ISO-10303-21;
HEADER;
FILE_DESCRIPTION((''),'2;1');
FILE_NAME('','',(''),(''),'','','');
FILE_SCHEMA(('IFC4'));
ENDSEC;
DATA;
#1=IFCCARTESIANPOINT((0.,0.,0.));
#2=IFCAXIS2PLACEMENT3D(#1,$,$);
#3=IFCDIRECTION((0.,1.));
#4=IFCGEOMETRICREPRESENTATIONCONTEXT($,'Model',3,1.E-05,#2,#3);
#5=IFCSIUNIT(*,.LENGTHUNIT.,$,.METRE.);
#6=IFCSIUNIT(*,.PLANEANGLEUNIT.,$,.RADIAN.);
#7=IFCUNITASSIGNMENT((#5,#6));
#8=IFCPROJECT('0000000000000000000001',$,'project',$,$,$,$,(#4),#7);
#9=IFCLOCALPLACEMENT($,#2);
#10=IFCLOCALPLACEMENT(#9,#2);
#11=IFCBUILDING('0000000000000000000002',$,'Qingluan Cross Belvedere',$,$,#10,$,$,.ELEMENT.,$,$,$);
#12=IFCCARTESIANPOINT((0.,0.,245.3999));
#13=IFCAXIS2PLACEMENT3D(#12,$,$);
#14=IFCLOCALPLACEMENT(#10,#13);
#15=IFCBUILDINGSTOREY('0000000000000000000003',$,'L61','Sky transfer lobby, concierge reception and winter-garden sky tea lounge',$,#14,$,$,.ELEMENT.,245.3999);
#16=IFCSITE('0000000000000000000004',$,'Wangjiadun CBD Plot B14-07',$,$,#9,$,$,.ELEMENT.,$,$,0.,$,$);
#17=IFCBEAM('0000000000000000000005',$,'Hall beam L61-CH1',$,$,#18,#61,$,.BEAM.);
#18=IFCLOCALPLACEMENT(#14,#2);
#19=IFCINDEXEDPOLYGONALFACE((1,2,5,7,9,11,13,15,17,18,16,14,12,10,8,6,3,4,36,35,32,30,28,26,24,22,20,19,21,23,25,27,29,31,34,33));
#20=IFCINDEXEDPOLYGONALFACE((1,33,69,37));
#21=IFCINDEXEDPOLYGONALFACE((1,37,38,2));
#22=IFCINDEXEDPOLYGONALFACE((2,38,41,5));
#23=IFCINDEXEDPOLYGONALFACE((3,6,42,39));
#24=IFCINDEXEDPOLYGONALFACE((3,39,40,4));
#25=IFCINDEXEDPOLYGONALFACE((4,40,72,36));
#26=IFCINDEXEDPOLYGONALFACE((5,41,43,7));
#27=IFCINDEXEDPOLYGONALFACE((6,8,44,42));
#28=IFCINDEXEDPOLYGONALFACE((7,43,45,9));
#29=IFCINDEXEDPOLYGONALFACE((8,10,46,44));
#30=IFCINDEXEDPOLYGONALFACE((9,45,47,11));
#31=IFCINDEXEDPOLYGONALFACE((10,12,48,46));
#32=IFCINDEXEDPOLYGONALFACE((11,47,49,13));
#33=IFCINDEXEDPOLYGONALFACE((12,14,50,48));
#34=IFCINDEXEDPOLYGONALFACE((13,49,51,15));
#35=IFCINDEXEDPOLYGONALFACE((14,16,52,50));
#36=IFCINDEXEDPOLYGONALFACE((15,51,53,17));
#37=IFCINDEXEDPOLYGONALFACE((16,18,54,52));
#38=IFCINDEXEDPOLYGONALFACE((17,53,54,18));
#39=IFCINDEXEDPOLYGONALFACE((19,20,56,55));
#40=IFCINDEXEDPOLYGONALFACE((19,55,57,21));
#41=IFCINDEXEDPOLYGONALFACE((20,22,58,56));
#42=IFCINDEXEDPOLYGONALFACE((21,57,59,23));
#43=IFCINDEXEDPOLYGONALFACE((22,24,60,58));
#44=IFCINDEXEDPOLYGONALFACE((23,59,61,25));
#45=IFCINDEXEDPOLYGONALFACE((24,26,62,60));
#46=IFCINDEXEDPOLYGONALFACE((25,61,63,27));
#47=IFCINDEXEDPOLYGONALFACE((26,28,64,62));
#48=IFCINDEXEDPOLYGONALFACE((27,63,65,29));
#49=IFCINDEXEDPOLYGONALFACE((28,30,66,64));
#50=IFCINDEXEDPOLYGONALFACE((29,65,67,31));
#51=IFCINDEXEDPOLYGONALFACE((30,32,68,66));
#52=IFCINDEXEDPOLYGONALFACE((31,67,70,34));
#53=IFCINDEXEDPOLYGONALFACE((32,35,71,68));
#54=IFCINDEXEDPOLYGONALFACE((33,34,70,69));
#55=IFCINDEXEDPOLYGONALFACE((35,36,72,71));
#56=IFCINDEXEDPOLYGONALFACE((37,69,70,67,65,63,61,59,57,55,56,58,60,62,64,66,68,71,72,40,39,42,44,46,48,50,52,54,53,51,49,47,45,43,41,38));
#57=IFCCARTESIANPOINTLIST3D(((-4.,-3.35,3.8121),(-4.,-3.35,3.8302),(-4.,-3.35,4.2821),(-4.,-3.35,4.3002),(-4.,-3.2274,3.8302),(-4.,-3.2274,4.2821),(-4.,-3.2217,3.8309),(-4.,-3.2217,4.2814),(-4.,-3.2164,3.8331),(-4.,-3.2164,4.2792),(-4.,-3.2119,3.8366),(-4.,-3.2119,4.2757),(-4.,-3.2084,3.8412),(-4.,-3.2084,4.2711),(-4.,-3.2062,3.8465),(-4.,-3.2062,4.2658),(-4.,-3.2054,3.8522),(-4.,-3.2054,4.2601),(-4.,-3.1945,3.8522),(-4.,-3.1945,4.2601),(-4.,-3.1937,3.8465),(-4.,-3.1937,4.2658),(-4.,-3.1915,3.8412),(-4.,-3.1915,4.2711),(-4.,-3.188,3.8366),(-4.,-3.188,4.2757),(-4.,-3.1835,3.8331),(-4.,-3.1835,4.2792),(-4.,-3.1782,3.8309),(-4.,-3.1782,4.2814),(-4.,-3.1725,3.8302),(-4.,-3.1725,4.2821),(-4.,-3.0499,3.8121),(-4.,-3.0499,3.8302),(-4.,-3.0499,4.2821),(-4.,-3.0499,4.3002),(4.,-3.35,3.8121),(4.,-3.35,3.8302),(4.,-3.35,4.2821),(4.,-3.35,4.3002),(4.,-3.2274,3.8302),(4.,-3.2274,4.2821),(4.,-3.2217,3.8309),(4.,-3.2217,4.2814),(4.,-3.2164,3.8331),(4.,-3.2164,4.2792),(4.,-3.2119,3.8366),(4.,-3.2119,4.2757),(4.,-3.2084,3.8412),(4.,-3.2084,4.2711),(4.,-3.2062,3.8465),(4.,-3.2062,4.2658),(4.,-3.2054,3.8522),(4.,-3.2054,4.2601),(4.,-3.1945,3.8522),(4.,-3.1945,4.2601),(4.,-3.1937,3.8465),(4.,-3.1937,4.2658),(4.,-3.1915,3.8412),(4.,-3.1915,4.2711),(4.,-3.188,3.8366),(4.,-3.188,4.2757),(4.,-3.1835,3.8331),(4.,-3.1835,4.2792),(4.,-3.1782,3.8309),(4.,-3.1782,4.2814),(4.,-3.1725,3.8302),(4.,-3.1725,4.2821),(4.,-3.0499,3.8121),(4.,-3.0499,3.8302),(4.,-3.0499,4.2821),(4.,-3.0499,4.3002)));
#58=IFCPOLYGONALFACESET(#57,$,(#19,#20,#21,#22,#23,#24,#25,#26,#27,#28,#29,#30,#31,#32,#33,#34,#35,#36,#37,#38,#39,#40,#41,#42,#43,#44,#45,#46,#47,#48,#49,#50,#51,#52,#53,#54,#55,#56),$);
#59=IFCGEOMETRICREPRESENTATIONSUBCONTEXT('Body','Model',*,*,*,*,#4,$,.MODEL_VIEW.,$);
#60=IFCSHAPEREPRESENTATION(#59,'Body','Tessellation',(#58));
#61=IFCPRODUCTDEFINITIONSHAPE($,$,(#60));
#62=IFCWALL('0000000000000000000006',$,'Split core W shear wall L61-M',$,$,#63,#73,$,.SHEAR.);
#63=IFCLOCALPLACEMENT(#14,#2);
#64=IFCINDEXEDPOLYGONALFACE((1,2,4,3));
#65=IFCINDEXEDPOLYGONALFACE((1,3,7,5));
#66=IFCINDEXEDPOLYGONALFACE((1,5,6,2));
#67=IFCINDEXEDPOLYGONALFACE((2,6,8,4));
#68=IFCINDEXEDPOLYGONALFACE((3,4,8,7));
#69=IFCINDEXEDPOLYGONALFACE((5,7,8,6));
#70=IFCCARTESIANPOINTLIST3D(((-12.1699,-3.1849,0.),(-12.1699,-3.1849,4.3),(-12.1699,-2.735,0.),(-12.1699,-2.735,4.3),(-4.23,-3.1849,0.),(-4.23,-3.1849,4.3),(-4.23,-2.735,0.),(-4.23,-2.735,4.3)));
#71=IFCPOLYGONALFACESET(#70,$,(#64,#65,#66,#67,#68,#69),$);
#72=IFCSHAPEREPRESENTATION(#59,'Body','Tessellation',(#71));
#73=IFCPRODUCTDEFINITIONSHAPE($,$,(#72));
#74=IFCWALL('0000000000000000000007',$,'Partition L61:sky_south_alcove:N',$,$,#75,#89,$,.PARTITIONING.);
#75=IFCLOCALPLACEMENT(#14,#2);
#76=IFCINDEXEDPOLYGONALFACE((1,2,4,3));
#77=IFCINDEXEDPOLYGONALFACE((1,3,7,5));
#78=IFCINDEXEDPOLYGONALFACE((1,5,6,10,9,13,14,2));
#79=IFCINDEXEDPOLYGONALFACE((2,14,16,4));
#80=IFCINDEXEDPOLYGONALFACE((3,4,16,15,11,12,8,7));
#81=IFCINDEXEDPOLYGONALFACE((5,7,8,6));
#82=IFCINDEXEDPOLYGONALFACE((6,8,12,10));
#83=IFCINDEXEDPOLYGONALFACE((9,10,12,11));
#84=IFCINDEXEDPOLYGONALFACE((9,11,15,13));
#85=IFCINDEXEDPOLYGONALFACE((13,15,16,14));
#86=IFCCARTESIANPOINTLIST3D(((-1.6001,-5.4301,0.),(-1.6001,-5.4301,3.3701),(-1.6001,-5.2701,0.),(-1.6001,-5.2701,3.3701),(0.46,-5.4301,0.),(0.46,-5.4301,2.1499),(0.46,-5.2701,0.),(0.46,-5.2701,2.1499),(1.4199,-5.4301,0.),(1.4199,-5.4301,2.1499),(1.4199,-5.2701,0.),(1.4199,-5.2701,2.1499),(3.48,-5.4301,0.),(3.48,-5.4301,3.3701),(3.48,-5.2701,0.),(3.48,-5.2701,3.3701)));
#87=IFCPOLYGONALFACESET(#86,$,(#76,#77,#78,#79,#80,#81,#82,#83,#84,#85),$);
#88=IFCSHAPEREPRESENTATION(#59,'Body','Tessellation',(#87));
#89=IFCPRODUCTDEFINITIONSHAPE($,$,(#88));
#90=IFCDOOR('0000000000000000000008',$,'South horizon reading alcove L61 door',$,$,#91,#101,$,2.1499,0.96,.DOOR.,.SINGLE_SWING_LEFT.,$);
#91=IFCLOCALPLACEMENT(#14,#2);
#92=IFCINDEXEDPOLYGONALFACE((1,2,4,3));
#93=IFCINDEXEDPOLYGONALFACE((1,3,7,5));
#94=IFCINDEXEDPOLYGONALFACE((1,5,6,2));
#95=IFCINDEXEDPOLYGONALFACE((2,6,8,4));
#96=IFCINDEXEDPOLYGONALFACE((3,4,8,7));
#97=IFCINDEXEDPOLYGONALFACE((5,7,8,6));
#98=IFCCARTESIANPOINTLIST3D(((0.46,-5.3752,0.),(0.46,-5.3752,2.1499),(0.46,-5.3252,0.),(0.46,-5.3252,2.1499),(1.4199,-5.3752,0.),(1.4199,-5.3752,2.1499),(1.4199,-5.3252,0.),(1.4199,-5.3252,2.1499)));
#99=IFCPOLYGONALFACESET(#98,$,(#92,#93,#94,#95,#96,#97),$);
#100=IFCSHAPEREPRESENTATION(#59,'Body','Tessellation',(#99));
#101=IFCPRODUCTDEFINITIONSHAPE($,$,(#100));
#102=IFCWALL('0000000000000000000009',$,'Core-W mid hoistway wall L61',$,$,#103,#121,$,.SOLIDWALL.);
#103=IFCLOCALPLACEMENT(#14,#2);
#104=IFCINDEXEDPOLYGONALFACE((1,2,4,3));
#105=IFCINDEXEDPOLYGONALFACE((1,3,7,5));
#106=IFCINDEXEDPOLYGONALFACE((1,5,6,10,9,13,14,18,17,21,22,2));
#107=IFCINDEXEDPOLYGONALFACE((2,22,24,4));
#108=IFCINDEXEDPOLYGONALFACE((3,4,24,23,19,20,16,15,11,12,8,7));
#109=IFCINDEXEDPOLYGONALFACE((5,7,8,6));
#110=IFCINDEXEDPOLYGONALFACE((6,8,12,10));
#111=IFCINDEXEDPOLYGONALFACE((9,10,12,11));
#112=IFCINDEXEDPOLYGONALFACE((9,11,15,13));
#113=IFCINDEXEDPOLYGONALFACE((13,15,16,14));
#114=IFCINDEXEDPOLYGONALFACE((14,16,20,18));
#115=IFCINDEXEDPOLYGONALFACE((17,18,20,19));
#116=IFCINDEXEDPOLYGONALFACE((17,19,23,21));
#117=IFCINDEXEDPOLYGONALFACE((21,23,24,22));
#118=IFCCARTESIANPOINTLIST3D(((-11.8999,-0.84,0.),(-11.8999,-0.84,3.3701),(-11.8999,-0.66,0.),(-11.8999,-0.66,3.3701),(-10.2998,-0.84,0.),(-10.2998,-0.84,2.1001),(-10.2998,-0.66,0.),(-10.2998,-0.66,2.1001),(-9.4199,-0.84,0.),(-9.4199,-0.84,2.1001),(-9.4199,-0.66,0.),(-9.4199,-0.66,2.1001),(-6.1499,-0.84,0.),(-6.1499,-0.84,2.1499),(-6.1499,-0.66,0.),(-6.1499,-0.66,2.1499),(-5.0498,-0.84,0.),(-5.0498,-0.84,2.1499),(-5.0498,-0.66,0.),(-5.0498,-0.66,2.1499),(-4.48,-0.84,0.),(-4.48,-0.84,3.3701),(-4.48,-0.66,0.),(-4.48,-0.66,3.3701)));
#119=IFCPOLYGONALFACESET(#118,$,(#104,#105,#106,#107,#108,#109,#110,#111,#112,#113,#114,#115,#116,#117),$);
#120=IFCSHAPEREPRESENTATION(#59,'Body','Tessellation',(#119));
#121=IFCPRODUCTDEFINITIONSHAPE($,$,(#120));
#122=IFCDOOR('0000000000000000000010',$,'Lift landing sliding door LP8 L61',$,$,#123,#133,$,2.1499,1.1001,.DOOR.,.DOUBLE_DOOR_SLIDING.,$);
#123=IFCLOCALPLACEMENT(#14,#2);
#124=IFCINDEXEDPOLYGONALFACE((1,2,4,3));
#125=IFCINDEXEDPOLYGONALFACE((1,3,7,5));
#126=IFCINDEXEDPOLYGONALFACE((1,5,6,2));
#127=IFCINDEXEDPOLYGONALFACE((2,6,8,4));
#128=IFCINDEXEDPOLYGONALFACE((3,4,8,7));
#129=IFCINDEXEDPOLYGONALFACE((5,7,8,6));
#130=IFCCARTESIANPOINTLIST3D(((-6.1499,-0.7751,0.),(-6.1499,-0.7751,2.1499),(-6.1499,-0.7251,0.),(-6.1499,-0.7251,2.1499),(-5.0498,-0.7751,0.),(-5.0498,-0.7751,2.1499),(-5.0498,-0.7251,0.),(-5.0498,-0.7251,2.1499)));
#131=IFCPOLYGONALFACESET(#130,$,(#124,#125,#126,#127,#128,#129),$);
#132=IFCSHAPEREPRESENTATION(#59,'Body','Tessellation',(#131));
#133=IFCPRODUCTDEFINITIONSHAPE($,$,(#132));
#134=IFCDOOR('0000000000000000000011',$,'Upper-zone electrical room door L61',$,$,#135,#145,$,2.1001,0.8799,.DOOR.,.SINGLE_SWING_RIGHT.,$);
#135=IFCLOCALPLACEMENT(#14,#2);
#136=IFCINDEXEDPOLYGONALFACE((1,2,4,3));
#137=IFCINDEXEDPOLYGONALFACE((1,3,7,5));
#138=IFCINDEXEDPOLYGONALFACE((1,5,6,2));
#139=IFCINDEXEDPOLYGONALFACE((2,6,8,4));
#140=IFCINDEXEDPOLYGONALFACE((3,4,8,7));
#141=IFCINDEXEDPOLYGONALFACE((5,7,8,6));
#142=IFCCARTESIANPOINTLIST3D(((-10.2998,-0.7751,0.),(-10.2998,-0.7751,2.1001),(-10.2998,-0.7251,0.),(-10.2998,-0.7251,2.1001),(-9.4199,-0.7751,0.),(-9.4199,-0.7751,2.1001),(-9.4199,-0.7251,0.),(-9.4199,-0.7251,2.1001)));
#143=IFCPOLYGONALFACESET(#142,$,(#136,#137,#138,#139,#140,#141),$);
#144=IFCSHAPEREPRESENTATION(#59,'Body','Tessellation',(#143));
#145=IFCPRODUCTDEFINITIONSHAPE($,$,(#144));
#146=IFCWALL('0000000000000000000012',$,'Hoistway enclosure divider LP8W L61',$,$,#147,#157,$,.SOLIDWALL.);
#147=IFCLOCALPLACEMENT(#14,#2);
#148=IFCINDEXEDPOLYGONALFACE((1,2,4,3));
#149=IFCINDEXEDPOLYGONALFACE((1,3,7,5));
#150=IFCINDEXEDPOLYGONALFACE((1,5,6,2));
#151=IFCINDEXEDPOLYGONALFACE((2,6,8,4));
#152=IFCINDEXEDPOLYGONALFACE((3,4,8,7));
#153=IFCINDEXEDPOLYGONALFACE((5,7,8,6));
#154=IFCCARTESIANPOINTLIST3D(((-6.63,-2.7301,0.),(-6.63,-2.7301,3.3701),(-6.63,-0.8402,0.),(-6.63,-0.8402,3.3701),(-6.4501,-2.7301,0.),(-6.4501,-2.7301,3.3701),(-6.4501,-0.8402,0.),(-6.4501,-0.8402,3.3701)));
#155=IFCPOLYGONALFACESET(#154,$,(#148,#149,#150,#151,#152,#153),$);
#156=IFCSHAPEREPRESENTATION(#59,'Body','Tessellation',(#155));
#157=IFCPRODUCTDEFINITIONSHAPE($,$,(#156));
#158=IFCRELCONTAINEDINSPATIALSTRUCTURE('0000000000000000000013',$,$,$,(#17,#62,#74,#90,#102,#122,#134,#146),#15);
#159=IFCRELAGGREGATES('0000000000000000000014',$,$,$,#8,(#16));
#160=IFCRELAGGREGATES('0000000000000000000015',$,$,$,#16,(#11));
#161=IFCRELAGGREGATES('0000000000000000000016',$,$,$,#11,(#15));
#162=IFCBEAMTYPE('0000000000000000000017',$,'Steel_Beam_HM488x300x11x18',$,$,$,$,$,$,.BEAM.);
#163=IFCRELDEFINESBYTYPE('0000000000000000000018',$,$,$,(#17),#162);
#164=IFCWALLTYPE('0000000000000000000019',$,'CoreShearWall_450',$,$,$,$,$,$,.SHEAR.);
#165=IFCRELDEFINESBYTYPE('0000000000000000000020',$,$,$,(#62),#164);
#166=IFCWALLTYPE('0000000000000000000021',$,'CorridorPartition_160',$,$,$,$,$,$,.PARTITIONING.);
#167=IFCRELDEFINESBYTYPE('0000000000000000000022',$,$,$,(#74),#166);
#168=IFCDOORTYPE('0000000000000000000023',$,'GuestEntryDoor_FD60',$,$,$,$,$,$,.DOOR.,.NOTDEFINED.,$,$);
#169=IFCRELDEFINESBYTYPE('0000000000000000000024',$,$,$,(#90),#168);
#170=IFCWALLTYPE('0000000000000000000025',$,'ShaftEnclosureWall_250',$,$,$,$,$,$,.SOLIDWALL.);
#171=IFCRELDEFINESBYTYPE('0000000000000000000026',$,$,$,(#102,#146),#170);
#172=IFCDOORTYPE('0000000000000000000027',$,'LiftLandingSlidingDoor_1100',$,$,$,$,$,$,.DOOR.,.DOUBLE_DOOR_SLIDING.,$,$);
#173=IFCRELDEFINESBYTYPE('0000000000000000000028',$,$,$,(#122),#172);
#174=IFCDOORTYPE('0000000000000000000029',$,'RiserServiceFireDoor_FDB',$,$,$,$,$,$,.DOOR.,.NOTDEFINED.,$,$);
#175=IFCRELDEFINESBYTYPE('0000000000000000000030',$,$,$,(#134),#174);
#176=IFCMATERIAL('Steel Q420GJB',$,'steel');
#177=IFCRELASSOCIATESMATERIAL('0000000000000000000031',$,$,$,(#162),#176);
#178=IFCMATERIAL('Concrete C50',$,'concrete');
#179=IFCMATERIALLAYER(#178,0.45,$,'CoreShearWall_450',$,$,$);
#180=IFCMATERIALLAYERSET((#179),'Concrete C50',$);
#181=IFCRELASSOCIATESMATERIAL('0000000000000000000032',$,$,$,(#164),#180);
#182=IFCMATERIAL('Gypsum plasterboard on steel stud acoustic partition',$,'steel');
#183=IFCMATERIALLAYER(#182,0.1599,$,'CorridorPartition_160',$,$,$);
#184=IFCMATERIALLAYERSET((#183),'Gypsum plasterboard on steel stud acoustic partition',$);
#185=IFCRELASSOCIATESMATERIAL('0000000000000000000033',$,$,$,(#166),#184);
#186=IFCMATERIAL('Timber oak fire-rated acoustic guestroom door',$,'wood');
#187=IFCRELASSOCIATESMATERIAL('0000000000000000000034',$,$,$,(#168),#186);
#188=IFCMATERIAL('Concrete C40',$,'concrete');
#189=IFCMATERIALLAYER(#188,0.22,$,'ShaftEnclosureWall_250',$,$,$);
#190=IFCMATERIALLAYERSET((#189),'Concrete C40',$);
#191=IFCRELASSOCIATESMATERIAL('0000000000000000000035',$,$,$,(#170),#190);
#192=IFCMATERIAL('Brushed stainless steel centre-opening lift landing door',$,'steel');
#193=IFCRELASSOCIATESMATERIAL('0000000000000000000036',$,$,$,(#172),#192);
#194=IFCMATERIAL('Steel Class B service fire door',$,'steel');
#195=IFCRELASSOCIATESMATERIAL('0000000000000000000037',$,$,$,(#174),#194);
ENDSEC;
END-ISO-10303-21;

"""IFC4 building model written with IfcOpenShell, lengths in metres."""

from ifc_helpers import new_model, si_unit, direction, frame, frame_2d, origin, origin_2d, place, context, subcontext, project, spatial, rectangle, i_section, extrude, material, layer, layer_set, material_profile, profile_set, type_object, element, fill, save


model = new_model("IFC4")

# Units and contexts
model_context = context("Model", 3, precision=1e-05, world=origin(), true_north=direction((0.0, 1.0)))
body_context = subcontext(model_context, "Body", "Model", "MODEL_VIEW")
ifc_project = project(units=[si_unit("LENGTHUNIT", "METRE"), si_unit("PLANEANGLEUNIT", "RADIAN")], contexts=[model_context])

# Site, building, storey
site_placement = place(None, origin())
site = spatial("IfcSite", under=ifc_project, at=site_placement, Name="Wangjiadun CBD Plot B14-07", CompositionType="ELEMENT", RefElevation=0.0)
building_placement = place(site_placement, origin())
building = spatial("IfcBuilding", under=site, at=building_placement, Name="Qingluan Cross Belvedere", CompositionType="ELEMENT")
storey_placement = place(building_placement, frame((0.0, 0.0, 245.3999)))
storey = spatial("IfcBuildingStorey", under=building, at=storey_placement, Name="L61", Description="Sky transfer lobby, concierge reception and winter-garden sky tea lounge", CompositionType="ELEMENT", Elevation=245.3999)

# Beam
ifc_material_1 = material(Name="Steel Q420GJB", Category="steel")
ifc_material_profile = material_profile(ifc_material_1, i_section(OverallWidth=0.3, OverallDepth=0.488, WebThickness=0.011, FlangeThickness=0.0181, FilletRadius=0.022, at=origin_2d()), Name="HM488x300x11x18")
ifc_profile_set = profile_set([ifc_material_profile], Name="Steel Q420GJB")
beam_type = type_object("IfcBeamType", Name="Steel_Beam_HM488x300x11x18", PredefinedType="BEAM", material=ifc_profile_set)
beam_placement = place(storey_placement, frame((-4.0, -3.2, 4.0562), z_axis=(1.0, 0.0, 0.0), x_axis=(0.0, 1.0, 0.0)))
element("IfcBeam", 1, at=beam_placement, inside=storey, type_object=beam_type, Name="Hall beam L61-CH1", PredefinedType="BEAM", context=body_context, shape_type="SweptSolid", body=[
    extrude(i_section(OverallWidth=0.3, OverallDepth=0.488, WebThickness=0.011, FlangeThickness=0.0181, FilletRadius=0.022, at=origin_2d()), origin(), (0.0, 0.0, 1.0), 8.0),
])

# Wall
ifc_material_2 = material(Name="Concrete C50", Category="concrete")
ifc_layer_1 = layer(ifc_material_2, 0.45, Name="CoreShearWall_450")
ifc_layer_set_1 = layer_set([ifc_layer_1], Name="Concrete C50")
wall_type_1 = type_object("IfcWallType", Name="CoreShearWall_450", PredefinedType="SHEAR", material=ifc_layer_set_1)
wall_1_placement = place(storey_placement, frame((-12.1699, -2.96, 0.0), z_axis=(0.0, 0.0, 1.0), x_axis=(1.0, 0.0, 0.0)))
element("IfcWall", 2, at=wall_1_placement, inside=storey, type_object=wall_type_1, Name="Split core W shear wall L61-M", PredefinedType="SHEAR", context=body_context, shape_type="SweptSolid", body=[
    extrude(rectangle(XDim=7.9399, YDim=0.45, at=frame_2d((3.97, 0.0))), origin(), (0.0, 0.0, 1.0), 4.3),
])

# Wall, opening, door
ifc_material_3 = material(Name="Gypsum plasterboard on steel stud acoustic partition", Category="steel")
ifc_layer_2 = layer(ifc_material_3, 0.1599, Name="CorridorPartition_160")
ifc_layer_set_2 = layer_set([ifc_layer_2], Name="Gypsum plasterboard on steel stud acoustic partition")
wall_type_2 = type_object("IfcWallType", Name="CorridorPartition_160", PredefinedType="PARTITIONING", material=ifc_layer_set_2)
wall_2_placement = place(storey_placement, frame((-1.6001, -5.3501, 0.0), z_axis=(0.0, 0.0, 1.0), x_axis=(1.0, 0.0, 0.0)))
wall_2 = element("IfcWall", 3, at=wall_2_placement, inside=storey, type_object=wall_type_2, Name="Partition L61:sky_south_alcove:N", PredefinedType="PARTITIONING", context=body_context, shape_type="SweptSolid", body=[
    extrude(rectangle(XDim=5.0801, YDim=0.1599, at=frame_2d((2.54, 0.0))), origin(), (0.0, 0.0, 1.0), 3.3701),
])
opening_1_placement = place(wall_2_placement, frame((2.0601, 0.0, 0.0)))
opening_1 = element("IfcOpeningElement", 4, at=opening_1_placement, cuts=wall_2, PredefinedType="OPENING", context=body_context, shape_type="SweptSolid", body=[
    extrude(rectangle(XDim=0.96, YDim=2.1499, at=frame_2d((0.48, 1.075))), frame((0.0, 0.0898, 0.0), z_axis=(0.0, -1.0, 0.0), x_axis=(1.0, 0.0, 0.0)), (0.0, 0.0, 1.0), 0.1799),
])
ifc_material_4 = material(Name="Timber oak fire-rated acoustic guestroom door", Category="wood")
door_type_1 = type_object("IfcDoorType", Name="GuestEntryDoor_FD60", OperationType="NOTDEFINED", PredefinedType="DOOR", material=ifc_material_4)
door_1_placement = place(opening_1_placement, origin())
door_1 = element("IfcDoor", 5, at=door_1_placement, inside=storey, type_object=door_type_1, Name="South horizon reading alcove L61 door", OperationType="SINGLE_SWING_LEFT", OverallHeight=2.1499, OverallWidth=0.96, PredefinedType="DOOR", context=body_context, shape_type="SweptSolid", body=[
    extrude(rectangle(XDim=0.96, YDim=2.1499, at=frame_2d((0.48, 1.075))), frame((0.0, 0.0249, 0.0), z_axis=(0.0, -1.0, 0.0), x_axis=(1.0, 0.0, 0.0)), (0.0, 0.0, 1.0), 0.05),
])
fill(opening_1, door_1)

# Wall, openings, doors
ifc_material_5 = material(Name="Concrete C40", Category="concrete")
ifc_layer_3 = layer(ifc_material_5, 0.22, Name="ShaftEnclosureWall_250")
ifc_layer_set_3 = layer_set([ifc_layer_3], Name="Concrete C40")
wall_type_3 = type_object("IfcWallType", Name="ShaftEnclosureWall_250", PredefinedType="SOLIDWALL", material=ifc_layer_set_3)
wall_3_placement = place(storey_placement, frame((-11.8999, -0.75, 0.0), z_axis=(0.0, 0.0, 1.0), x_axis=(1.0, 0.0, 0.0)))
wall_3 = element("IfcWall", 6, at=wall_3_placement, inside=storey, type_object=wall_type_3, Name="Core-W mid hoistway wall L61", PredefinedType="SOLIDWALL", context=body_context, shape_type="SweptSolid", body=[
    extrude(rectangle(XDim=7.4199, YDim=0.1799, at=frame_2d((3.71, 0.0))), origin(), (0.0, 0.0, 1.0), 3.3701),
])
opening_2_placement = place(wall_3_placement, frame((5.75, 0.0, 0.0)))
opening_2 = element("IfcOpeningElement", 7, at=opening_2_placement, cuts=wall_3, PredefinedType="OPENING", context=body_context, shape_type="SweptSolid", body=[
    extrude(rectangle(XDim=1.1001, YDim=2.1499, at=frame_2d((0.55, 1.075))), frame((0.0, 0.0999, 0.0), z_axis=(0.0, -1.0, 0.0), x_axis=(1.0, 0.0, 0.0)), (0.0, 0.0, 1.0), 0.2),
])
opening_3_placement = place(wall_3_placement, frame((1.6001, 0.0, 0.0)))
opening_3 = element("IfcOpeningElement", 8, at=opening_3_placement, cuts=wall_3, PredefinedType="OPENING", context=body_context, shape_type="SweptSolid", body=[
    extrude(rectangle(XDim=0.8799, YDim=2.1001, at=frame_2d((0.4399, 1.05))), frame((0.0, 0.0999, 0.0), z_axis=(0.0, -1.0, 0.0), x_axis=(1.0, 0.0, 0.0)), (0.0, 0.0, 1.0), 0.2),
])
ifc_material_6 = material(Name="Brushed stainless steel centre-opening lift landing door", Category="steel")
door_type_2 = type_object("IfcDoorType", Name="LiftLandingSlidingDoor_1100", OperationType="DOUBLE_DOOR_SLIDING", PredefinedType="DOOR", material=ifc_material_6)
door_2_placement = place(opening_2_placement, origin())
door_2 = element("IfcDoor", 9, at=door_2_placement, inside=storey, type_object=door_type_2, Name="Lift landing sliding door LP8 L61", OperationType="DOUBLE_DOOR_SLIDING", OverallHeight=2.1499, OverallWidth=1.1001, PredefinedType="DOOR", context=body_context, shape_type="SweptSolid", body=[
    extrude(rectangle(XDim=1.1001, YDim=2.1499, at=frame_2d((0.55, 1.075))), frame((0.0, 0.0249, 0.0), z_axis=(0.0, -1.0, 0.0), x_axis=(1.0, 0.0, 0.0)), (0.0, 0.0, 1.0), 0.05),
])
fill(opening_2, door_2)
ifc_material_7 = material(Name="Steel Class B service fire door", Category="steel")
door_type_3 = type_object("IfcDoorType", Name="RiserServiceFireDoor_FDB", OperationType="NOTDEFINED", PredefinedType="DOOR", material=ifc_material_7)
door_3_placement = place(opening_3_placement, origin())
door_3 = element("IfcDoor", 10, at=door_3_placement, inside=storey, type_object=door_type_3, Name="Upper-zone electrical room door L61", OperationType="SINGLE_SWING_RIGHT", OverallHeight=2.1001, OverallWidth=0.8799, PredefinedType="DOOR", context=body_context, shape_type="SweptSolid", body=[
    extrude(rectangle(XDim=0.8799, YDim=2.1001, at=frame_2d((0.4399, 1.05))), frame((0.0, 0.0249, 0.0), z_axis=(0.0, -1.0, 0.0), x_axis=(1.0, 0.0, 0.0)), (0.0, 0.0, 1.0), 0.05),
])
fill(opening_3, door_3)

# Wall
wall_4_placement = place(storey_placement, frame((-6.54, -2.73, 0.0), z_axis=(0.0, 0.0, 1.0), x_axis=(0.0, 1.0, 0.0)))
element("IfcWall", 11, at=wall_4_placement, inside=storey, type_object=wall_type_3, Name="Hoistway enclosure divider LP8W L61", PredefinedType="SOLIDWALL", context=body_context, shape_type="SweptSolid", body=[
    extrude(rectangle(XDim=1.8899, YDim=0.1799, at=frame_2d((0.9448, 0.0))), origin(), (0.0, 0.0, 1.0), 3.3701),
])

save(model, "model.ifc")
